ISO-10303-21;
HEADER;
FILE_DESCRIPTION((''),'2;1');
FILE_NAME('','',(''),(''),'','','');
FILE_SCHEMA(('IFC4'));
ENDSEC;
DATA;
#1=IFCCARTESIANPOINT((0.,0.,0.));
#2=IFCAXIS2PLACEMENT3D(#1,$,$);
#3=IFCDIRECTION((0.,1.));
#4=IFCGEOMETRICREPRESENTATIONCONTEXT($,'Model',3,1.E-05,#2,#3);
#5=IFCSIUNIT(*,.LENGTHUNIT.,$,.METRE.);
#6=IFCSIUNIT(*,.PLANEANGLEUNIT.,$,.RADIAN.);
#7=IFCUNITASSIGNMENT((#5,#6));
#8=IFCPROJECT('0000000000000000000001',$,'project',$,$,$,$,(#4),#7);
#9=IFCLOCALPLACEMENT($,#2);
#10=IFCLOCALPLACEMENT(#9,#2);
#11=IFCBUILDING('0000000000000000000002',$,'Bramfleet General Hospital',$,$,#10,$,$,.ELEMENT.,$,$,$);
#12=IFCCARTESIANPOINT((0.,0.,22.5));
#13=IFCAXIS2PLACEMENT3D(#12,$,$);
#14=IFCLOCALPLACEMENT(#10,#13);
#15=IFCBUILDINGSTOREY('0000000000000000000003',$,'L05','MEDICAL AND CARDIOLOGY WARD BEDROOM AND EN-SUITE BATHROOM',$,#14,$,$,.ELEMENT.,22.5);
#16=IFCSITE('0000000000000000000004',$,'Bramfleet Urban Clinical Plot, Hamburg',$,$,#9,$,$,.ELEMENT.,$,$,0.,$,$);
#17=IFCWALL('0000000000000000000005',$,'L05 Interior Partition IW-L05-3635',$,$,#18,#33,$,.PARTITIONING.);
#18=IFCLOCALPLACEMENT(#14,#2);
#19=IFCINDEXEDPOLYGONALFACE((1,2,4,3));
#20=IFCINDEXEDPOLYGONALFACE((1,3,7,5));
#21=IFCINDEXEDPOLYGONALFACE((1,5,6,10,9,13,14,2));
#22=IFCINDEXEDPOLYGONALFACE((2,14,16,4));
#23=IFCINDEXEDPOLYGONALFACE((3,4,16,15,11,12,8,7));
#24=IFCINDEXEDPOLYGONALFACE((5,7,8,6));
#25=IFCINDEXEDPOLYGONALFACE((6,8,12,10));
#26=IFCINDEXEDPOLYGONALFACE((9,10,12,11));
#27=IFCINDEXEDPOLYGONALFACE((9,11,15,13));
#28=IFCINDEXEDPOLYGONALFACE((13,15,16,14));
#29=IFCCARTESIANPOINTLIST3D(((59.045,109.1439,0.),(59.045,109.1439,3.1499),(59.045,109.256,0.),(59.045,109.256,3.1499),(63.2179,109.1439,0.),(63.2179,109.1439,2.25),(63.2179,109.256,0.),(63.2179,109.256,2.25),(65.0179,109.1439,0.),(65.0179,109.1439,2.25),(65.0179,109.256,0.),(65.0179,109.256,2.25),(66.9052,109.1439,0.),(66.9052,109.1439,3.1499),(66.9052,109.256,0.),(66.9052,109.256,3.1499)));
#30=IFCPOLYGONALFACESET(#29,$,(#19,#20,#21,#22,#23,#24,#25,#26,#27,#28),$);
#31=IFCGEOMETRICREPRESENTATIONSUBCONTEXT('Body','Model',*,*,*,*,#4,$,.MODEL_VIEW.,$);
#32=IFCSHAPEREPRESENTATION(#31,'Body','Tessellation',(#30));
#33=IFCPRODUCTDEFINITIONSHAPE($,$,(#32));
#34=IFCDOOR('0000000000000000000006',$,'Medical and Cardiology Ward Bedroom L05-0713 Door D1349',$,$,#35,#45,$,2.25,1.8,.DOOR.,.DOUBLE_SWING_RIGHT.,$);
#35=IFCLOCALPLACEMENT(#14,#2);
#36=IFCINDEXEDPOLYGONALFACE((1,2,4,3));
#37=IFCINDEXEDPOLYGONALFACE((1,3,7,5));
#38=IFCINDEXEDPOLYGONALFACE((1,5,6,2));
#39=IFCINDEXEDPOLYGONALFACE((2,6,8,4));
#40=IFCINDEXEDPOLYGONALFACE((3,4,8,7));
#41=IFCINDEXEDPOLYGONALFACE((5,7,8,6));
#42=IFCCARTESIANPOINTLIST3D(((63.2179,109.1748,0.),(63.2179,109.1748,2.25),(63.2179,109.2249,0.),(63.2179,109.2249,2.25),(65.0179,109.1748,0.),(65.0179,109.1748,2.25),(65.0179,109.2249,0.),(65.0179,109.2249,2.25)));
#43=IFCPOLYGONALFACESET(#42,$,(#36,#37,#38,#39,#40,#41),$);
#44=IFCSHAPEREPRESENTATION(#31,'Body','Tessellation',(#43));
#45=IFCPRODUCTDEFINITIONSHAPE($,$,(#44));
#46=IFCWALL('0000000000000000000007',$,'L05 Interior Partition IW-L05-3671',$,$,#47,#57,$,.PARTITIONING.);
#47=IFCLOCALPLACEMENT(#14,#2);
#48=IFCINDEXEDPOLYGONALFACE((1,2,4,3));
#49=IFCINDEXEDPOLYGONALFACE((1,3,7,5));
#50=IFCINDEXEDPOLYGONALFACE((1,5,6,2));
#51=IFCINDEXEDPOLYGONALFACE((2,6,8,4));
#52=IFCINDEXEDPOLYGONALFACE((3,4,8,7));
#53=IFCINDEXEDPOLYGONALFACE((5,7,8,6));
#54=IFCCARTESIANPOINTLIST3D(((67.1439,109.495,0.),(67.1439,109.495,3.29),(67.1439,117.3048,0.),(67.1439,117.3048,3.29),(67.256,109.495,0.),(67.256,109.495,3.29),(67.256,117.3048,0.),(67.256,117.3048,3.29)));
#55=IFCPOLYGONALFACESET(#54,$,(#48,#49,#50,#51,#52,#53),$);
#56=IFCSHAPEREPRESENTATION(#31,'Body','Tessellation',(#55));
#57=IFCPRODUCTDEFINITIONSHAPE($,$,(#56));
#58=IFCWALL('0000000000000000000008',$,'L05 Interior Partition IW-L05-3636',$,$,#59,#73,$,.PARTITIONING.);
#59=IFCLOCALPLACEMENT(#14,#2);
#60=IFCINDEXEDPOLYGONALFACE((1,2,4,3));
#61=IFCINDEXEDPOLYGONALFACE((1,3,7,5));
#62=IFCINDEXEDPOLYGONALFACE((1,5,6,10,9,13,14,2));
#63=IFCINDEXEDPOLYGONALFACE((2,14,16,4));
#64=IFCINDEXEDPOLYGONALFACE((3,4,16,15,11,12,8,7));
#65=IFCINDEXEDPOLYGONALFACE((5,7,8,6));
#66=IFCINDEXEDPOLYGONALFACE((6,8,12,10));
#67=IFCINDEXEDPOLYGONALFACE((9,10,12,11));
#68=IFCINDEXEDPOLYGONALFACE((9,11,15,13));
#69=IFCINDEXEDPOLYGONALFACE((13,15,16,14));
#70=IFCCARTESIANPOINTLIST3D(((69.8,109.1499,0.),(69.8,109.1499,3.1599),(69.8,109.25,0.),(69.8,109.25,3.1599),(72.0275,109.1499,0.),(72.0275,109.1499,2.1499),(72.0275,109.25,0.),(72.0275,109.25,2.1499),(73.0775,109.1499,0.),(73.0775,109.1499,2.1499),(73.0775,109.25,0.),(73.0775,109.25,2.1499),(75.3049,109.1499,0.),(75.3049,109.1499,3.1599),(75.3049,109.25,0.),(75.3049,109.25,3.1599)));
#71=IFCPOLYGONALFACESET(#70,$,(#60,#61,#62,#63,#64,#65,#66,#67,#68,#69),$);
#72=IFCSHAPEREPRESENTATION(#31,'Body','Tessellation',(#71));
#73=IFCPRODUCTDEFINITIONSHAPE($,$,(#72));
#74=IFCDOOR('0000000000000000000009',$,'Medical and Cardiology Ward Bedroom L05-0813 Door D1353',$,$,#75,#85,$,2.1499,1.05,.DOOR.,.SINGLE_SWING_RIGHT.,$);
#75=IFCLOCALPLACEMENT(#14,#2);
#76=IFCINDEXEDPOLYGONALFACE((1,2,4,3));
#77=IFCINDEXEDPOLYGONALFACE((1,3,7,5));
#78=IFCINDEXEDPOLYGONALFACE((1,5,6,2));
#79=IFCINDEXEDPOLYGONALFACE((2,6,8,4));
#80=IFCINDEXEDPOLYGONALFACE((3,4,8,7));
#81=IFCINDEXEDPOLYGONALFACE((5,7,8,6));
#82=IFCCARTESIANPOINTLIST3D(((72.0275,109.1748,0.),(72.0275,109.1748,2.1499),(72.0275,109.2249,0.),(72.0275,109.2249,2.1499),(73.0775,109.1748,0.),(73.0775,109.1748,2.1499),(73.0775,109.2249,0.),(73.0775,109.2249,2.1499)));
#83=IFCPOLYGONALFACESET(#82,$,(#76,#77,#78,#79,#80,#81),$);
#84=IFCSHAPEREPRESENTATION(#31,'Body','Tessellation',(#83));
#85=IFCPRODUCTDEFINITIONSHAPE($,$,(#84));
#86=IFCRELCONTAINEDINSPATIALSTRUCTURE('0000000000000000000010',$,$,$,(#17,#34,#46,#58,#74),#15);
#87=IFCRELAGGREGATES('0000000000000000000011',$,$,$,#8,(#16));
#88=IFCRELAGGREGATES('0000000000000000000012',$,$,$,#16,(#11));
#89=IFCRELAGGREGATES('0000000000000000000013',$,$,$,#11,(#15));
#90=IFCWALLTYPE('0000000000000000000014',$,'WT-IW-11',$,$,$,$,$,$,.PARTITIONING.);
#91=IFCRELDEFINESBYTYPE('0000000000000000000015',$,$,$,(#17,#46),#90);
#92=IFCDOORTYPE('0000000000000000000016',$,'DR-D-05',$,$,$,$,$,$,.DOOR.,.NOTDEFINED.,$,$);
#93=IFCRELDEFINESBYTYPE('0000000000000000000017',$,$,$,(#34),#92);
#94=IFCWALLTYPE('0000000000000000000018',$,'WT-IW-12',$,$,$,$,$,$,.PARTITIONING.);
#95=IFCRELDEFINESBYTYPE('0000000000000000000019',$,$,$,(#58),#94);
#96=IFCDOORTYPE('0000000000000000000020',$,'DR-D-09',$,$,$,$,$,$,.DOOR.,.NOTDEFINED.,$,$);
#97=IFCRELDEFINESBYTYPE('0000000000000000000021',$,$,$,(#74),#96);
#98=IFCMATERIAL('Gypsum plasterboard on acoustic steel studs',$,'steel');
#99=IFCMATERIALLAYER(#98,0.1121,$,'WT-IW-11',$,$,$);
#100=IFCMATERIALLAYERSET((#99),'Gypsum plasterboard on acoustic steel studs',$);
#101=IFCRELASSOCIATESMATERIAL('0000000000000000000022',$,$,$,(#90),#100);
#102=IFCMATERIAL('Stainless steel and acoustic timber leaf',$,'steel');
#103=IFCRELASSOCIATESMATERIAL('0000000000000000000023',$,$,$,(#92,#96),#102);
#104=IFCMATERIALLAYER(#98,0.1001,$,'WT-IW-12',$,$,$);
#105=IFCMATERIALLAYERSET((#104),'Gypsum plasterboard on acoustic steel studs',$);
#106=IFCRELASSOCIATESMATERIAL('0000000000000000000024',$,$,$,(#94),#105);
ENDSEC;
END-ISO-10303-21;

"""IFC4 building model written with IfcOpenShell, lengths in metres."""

from ifc_helpers import new_model, si_unit, direction, frame, frame_2d, origin, place, context, subcontext, project, spatial, rectangle, extrude, material, layer, layer_set, type_object, element, fill, save


model = new_model("IFC4")

# Units and contexts
model_context = context("Model", 3, precision=1e-05, world=origin(), true_north=direction((0.0, 1.0)))
body_context = subcontext(model_context, "Body", "Model", "MODEL_VIEW")
ifc_project = project(units=[si_unit("LENGTHUNIT", "METRE"), si_unit("PLANEANGLEUNIT", "RADIAN")], contexts=[model_context])

# Site, building, storey
site_placement = place(None, origin())
site = spatial("IfcSite", under=ifc_project, at=site_placement, Name="Bramfleet Urban Clinical Plot, Hamburg", CompositionType="ELEMENT", RefElevation=0.0)
building_placement = place(site_placement, origin())
building = spatial("IfcBuilding", under=site, at=building_placement, Name="Bramfleet General Hospital", CompositionType="ELEMENT")
storey_placement = place(building_placement, frame((0.0, 0.0, 22.5)))
storey = spatial("IfcBuildingStorey", under=building, at=storey_placement, Name="L05", Description="MEDICAL AND CARDIOLOGY WARD BEDROOM AND EN-SUITE BATHROOM", CompositionType="ELEMENT", Elevation=22.5)

# Shared definitions
ifc_material_1 = material(Name="Gypsum plasterboard on acoustic steel studs", Category="steel")

# Shared definitions
ifc_material_2 = material(Name="Stainless steel and acoustic timber leaf", Category="steel")

# Wall, opening, door
ifc_layer_1 = layer(ifc_material_1, 0.1121, Name="WT-IW-11")
ifc_layer_set_1 = layer_set([ifc_layer_1], Name="Gypsum plasterboard on acoustic steel studs")
wall_type_1 = type_object("IfcWallType", Name="WT-IW-11", PredefinedType="PARTITIONING", material=ifc_layer_set_1)
wall_1_placement = place(storey_placement, frame((59.0449, 109.2, 0.0), z_axis=(0.0, 0.0, 1.0), x_axis=(1.0, 0.0, 0.0)))
wall_1 = element("IfcWall", 1, at=wall_1_placement, inside=storey, type_object=wall_type_1, Name="L05 Interior Partition IW-L05-3635", PredefinedType="PARTITIONING", context=body_context, shape_type="SweptSolid", body=[
    extrude(rectangle(XDim=7.8601, YDim=0.1121, at=frame_2d((3.9302, 0.0))), origin(), (0.0, 0.0, 1.0), 3.1499),
])
opening_1_placement = place(wall_1_placement, frame((4.1731, 0.0, 0.0)))
opening_1 = element("IfcOpeningElement", 2, at=opening_1_placement, cuts=wall_1, PredefinedType="OPENING", context=body_context, shape_type="SweptSolid", body=[
    extrude(rectangle(XDim=1.8, YDim=2.25, at=frame_2d((0.8999, 1.125))), frame((0.0, 0.0659, 0.0), z_axis=(0.0, -1.0, 0.0), x_axis=(1.0, 0.0, 0.0)), (0.0, 0.0, 1.0), 0.1321),
])
door_type_1 = type_object("IfcDoorType", Name="DR-D-05", OperationType="NOTDEFINED", PredefinedType="DOOR", material=ifc_material_2)
door_1_placement = place(opening_1_placement, origin())
door_1 = element("IfcDoor", 3, at=door_1_placement, inside=storey, type_object=door_type_1, Name="Medical and Cardiology Ward Bedroom L05-0713 Door D1349", OperationType="DOUBLE_SWING_RIGHT", OverallHeight=2.25, OverallWidth=1.8, PredefinedType="DOOR", context=body_context, shape_type="SweptSolid", body=[
    extrude(rectangle(XDim=1.8, YDim=2.25, at=frame_2d((0.8999, 1.125))), frame((0.0, 0.0249, 0.0), z_axis=(0.0, -1.0, 0.0), x_axis=(1.0, 0.0, 0.0)), (0.0, 0.0, 1.0), 0.05),
])
fill(opening_1, door_1)

# Wall
wall_2_placement = place(storey_placement, frame((67.2, 109.4951, 0.0), z_axis=(0.0, 0.0, 1.0), x_axis=(0.0, 1.0, 0.0)))
element("IfcWall", 4, at=wall_2_placement, inside=storey, type_object=wall_type_1, Name="L05 Interior Partition IW-L05-3671", PredefinedType="PARTITIONING", context=body_context, shape_type="SweptSolid", body=[
    extrude(rectangle(XDim=7.8098, YDim=0.1121, at=frame_2d((3.9048, 0.0))), origin(), (0.0, 0.0, 1.0), 3.29),
])

# Wall, opening, door
ifc_layer_2 = layer(ifc_material_1, 0.1001, Name="WT-IW-12")
ifc_layer_set_2 = layer_set([ifc_layer_2], Name="Gypsum plasterboard on acoustic steel studs")
wall_type_2 = type_object("IfcWallType", Name="WT-IW-12", PredefinedType="PARTITIONING", material=ifc_layer_set_2)
wall_3_placement = place(storey_placement, frame((69.8, 109.2, 0.0), z_axis=(0.0, 0.0, 1.0), x_axis=(1.0, 0.0, 0.0)))
wall_3 = element("IfcWall", 5, at=wall_3_placement, inside=storey, type_object=wall_type_2, Name="L05 Interior Partition IW-L05-3636", PredefinedType="PARTITIONING", context=body_context, shape_type="SweptSolid", body=[
    extrude(rectangle(XDim=5.5049, YDim=0.1001, at=frame_2d((2.7524, 0.0))), origin(), (0.0, 0.0, 1.0), 3.1599),
])
opening_2_placement = place(wall_3_placement, frame((2.2275, 0.0, 0.0)))
opening_2 = element("IfcOpeningElement", 6, at=opening_2_placement, cuts=wall_3, PredefinedType="OPENING", context=body_context, shape_type="SweptSolid", body=[
    extrude(rectangle(XDim=1.05, YDim=2.1499, at=frame_2d((0.5249, 1.075))), frame((0.0, 0.0601, 0.0), z_axis=(0.0, -1.0, 0.0), x_axis=(1.0, 0.0, 0.0)), (0.0, 0.0, 1.0), 0.1201),
])
door_type_2 = type_object("IfcDoorType", Name="DR-D-09", OperationType="NOTDEFINED", PredefinedType="DOOR", material=ifc_material_2)
door_2_placement = place(opening_2_placement, origin())
door_2 = element("IfcDoor", 7, at=door_2_placement, inside=storey, type_object=door_type_2, Name="Medical and Cardiology Ward Bedroom L05-0813 Door D1353", OperationType="SINGLE_SWING_RIGHT", OverallHeight=2.1499, OverallWidth=1.05, PredefinedType="DOOR", context=body_context, shape_type="SweptSolid", body=[
    extrude(rectangle(XDim=1.05, YDim=2.1499, at=frame_2d((0.5249, 1.075))), frame((0.0, 0.0249, 0.0), z_axis=(0.0, -1.0, 0.0), x_axis=(1.0, 0.0, 0.0)), (0.0, 0.0, 1.0), 0.05),
])
fill(opening_2, door_2)

save(model, "model.ifc")
